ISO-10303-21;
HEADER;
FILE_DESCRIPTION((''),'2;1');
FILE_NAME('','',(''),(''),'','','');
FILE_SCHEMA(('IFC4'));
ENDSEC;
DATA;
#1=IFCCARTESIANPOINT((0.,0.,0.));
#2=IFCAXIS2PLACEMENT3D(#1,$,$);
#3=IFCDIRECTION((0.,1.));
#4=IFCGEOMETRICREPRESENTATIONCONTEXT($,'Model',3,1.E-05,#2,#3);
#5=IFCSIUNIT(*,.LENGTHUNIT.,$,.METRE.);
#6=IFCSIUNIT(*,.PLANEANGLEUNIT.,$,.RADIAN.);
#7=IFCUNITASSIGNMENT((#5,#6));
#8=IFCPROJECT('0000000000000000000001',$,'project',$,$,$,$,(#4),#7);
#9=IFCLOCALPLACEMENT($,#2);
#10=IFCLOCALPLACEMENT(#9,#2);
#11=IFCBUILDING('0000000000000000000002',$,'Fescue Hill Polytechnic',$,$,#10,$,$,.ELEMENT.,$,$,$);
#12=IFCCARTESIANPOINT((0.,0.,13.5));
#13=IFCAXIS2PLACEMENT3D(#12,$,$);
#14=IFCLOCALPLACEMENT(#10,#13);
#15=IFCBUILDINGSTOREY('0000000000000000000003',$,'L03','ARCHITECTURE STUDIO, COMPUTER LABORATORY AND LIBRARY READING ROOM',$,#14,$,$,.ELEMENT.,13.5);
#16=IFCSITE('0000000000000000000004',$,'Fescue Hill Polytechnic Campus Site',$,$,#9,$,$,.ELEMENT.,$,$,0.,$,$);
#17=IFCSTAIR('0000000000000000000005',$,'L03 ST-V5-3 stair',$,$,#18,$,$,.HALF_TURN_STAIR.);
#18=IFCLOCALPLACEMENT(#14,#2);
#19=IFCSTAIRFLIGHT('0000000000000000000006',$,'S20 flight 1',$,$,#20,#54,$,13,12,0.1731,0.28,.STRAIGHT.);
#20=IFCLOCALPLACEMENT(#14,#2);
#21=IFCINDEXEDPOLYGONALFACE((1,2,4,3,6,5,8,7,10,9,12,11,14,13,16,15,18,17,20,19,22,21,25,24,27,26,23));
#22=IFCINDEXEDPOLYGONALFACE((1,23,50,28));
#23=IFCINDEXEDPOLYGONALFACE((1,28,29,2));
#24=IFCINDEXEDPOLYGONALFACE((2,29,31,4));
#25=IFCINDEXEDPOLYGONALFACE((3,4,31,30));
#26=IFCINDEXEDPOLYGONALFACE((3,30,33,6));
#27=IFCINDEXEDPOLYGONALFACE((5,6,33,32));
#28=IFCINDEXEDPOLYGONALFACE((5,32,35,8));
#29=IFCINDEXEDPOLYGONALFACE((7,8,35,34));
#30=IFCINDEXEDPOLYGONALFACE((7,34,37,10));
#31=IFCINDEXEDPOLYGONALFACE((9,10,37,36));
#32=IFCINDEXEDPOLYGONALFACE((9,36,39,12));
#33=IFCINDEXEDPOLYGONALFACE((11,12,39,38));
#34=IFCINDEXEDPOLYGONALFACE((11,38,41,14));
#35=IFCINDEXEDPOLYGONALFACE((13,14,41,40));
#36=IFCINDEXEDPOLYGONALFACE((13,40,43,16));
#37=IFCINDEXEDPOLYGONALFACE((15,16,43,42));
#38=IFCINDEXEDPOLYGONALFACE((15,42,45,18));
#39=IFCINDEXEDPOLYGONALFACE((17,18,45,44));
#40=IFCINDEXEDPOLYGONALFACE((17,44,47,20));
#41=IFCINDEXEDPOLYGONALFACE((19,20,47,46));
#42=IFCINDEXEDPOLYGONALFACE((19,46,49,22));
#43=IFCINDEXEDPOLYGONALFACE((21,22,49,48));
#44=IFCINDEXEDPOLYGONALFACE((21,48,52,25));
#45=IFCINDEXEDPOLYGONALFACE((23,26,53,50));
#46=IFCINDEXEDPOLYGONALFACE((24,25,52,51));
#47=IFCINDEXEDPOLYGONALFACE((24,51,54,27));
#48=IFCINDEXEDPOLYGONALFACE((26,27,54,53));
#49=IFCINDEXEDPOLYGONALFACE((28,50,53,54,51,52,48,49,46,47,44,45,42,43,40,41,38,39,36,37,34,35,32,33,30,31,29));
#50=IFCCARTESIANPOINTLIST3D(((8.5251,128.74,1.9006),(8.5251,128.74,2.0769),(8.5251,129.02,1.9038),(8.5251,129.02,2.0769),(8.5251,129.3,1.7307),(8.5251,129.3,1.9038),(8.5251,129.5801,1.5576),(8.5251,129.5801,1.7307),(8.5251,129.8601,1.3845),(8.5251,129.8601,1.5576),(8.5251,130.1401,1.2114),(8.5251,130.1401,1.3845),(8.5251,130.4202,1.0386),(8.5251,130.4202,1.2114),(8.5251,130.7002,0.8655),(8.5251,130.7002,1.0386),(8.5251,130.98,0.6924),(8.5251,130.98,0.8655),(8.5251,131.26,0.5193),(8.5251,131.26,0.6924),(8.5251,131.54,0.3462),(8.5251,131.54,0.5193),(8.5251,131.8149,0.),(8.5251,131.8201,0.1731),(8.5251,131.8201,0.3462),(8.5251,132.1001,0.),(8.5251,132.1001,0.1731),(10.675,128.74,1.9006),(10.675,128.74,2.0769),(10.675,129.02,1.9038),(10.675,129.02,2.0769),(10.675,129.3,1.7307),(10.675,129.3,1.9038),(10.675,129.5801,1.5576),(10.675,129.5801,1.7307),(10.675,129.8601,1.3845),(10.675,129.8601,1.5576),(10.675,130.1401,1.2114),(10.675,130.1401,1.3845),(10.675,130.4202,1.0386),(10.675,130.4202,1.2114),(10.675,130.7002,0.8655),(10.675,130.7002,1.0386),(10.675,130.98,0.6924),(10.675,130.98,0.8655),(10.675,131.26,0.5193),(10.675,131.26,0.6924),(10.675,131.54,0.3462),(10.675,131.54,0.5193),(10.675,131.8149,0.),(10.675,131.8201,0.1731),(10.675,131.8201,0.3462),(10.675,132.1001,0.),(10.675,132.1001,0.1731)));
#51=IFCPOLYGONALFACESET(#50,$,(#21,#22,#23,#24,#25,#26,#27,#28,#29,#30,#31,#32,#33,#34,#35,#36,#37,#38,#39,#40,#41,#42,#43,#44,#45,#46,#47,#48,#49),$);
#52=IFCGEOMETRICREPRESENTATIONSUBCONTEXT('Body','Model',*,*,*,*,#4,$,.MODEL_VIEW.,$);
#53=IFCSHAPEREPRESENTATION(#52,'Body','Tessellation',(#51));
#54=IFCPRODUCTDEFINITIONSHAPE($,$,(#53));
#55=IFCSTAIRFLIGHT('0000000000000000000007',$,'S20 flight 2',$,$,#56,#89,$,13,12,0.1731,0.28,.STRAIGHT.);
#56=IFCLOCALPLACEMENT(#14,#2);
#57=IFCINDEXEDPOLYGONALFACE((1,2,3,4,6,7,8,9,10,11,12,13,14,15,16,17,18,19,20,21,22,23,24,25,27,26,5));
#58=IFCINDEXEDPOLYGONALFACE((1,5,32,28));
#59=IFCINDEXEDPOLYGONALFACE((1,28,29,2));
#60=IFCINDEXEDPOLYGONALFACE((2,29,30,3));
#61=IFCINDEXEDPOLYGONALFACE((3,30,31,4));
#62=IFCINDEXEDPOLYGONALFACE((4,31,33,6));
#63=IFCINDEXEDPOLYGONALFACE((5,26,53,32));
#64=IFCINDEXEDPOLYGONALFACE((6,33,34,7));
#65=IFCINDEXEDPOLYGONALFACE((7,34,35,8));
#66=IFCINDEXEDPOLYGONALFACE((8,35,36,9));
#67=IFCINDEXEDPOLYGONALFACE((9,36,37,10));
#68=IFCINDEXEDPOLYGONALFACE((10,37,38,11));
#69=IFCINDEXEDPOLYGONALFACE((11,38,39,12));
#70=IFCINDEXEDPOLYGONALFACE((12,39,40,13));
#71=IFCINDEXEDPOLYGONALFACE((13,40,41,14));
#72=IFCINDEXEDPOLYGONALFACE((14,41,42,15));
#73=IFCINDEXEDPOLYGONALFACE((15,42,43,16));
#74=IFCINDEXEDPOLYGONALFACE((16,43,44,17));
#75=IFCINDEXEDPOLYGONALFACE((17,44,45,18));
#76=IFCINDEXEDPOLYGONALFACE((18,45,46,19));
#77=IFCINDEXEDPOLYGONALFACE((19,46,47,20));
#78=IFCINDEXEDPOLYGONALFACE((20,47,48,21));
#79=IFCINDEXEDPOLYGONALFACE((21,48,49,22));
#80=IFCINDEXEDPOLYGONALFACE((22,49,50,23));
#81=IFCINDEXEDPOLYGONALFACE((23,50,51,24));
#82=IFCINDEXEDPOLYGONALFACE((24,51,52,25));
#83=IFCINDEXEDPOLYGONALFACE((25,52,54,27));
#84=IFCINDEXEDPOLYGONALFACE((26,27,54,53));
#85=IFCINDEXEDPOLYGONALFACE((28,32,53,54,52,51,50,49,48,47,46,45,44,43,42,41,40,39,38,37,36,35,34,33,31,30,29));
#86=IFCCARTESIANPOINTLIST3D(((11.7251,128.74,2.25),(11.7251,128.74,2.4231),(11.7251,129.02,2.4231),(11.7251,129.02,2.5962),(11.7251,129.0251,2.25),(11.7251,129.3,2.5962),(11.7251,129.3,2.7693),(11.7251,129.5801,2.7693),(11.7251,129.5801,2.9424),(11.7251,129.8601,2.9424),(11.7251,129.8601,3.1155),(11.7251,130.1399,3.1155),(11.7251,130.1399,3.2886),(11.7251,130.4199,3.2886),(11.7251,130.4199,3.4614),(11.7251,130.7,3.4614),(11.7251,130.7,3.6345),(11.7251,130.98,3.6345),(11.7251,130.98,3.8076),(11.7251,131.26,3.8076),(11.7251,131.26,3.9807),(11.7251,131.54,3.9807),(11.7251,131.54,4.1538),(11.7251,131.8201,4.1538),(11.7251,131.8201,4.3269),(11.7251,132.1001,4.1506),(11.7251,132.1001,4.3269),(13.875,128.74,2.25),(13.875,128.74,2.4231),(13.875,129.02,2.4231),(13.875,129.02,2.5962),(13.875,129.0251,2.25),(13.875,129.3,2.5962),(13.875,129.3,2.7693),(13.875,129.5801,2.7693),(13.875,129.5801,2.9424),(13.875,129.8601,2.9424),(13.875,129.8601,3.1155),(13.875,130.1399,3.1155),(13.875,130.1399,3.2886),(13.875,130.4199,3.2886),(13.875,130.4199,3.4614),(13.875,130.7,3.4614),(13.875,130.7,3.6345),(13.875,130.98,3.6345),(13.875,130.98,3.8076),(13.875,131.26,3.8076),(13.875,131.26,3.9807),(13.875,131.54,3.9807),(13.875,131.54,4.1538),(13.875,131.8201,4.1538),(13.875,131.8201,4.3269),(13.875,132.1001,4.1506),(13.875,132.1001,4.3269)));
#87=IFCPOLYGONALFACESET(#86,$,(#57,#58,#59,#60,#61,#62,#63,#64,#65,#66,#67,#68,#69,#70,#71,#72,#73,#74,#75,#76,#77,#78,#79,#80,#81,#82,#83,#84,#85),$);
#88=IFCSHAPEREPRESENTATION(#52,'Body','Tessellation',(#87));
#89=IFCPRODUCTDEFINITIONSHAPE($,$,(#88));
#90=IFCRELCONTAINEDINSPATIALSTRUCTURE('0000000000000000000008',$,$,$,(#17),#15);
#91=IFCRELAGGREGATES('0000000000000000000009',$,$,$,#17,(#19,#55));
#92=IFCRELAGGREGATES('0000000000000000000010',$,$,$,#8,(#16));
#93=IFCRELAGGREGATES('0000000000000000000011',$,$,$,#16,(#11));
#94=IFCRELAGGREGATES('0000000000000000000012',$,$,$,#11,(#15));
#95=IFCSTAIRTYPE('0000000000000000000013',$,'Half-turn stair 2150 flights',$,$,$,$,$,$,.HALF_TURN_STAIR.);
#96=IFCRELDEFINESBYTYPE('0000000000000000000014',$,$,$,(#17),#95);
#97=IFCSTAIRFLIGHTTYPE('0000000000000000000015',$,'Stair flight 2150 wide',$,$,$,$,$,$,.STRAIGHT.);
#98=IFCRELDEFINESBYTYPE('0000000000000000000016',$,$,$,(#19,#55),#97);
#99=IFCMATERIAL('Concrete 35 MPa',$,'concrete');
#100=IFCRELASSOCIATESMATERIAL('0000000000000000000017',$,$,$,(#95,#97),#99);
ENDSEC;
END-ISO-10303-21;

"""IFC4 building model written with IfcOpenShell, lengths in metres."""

from ifc_helpers import new_model, si_unit, direction, frame, origin, place, context, subcontext, project, spatial, polyline, outline, extrude, material, type_object, element, aggregate, save


model = new_model("IFC4")

# Units and contexts
model_context = context("Model", 3, precision=1e-05, world=origin(), true_north=direction((0.0, 1.0)))
body_context = subcontext(model_context, "Body", "Model", "MODEL_VIEW")
ifc_project = project(units=[si_unit("LENGTHUNIT", "METRE"), si_unit("PLANEANGLEUNIT", "RADIAN")], contexts=[model_context])

# Site, building, storey
site_placement = place(None, origin())
site = spatial("IfcSite", under=ifc_project, at=site_placement, Name="Fescue Hill Polytechnic Campus Site", CompositionType="ELEMENT", RefElevation=0.0)
building_placement = place(site_placement, origin())
building = spatial("IfcBuilding", under=site, at=building_placement, Name="Fescue Hill Polytechnic", CompositionType="ELEMENT")
storey_placement = place(building_placement, frame((0.0, 0.0, 13.5)))
storey = spatial("IfcBuildingStorey", under=building, at=storey_placement, Name="L03", Description="ARCHITECTURE STUDIO, COMPUTER LABORATORY AND LIBRARY READING ROOM", CompositionType="ELEMENT", Elevation=13.5)

# Shared definitions
ifc_material_1 = material(Name="Concrete 35 MPa", Category="concrete")

# Stair, stair flights
stair_type = type_object("IfcStairType", Name="Half-turn stair 2150 flights", PredefinedType="HALF_TURN_STAIR", material=ifc_material_1)
stair_placement = place(storey_placement, origin())
stair = element("IfcStair", 1, at=stair_placement, inside=storey, type_object=stair_type, Name="L03 ST-V5-3 stair", PredefinedType="HALF_TURN_STAIR")
stair_flight_type = type_object("IfcStairFlightType", Name="Stair flight 2150 wide", PredefinedType="STRAIGHT", material=ifc_material_1)
stair_flight_1_placement = place(storey_placement, frame((9.6001, 132.1001, 0.0), z_axis=(0.0, 0.0, 1.0), x_axis=(0.0, -1.0, 0.0)))
stair_flight_1 = element("IfcStairFlight", 2, at=stair_flight_1_placement, type_object=stair_flight_type, Name="S20 flight 1", NumberOfRisers=13, NumberOfTreads=12, PredefinedType="STRAIGHT", RiserHeight=0.1731, TreadLength=0.28, context=body_context, shape_type="SweptSolid", body=[
    extrude(outline(polyline([(0.0, 0.0), (0.0, 0.1731), (0.28, 0.1731), (0.28, 0.3462), (0.5601, 0.3462), (0.5601, 0.5193), (0.8401, 0.5193), (0.8401, 0.6924), (1.1201, 0.6924), (1.1201, 0.8655), (1.3999, 0.8655), (1.3999, 1.0386), (1.6799, 1.0386), (1.6799, 1.2114), (1.96, 1.2114), (1.96, 1.3845), (2.24, 1.3845), (2.24, 1.5576), (2.52, 1.5576), (2.52, 1.7307), (2.8, 1.7307), (2.8, 1.9038), (3.0801, 1.9038), (3.0801, 2.0769), (3.3601, 2.0769), (3.3601, 2.25), (3.3601, 1.9006), (0.2852, 0.0), (0.0, 0.0)])), frame((0.0, 1.075, 0.0), z_axis=(0.0, -1.0, 0.0), x_axis=(1.0, 0.0, 0.0)), (0.0, 0.0, 1.0), 2.1499),
])
stair_flight_2_placement = place(storey_placement, frame((12.8, 128.74, 2.25), z_axis=(0.0, 0.0, 1.0), x_axis=(0.0, 1.0, 0.0)))
stair_flight_2 = element("IfcStairFlight", 3, at=stair_flight_2_placement, type_object=stair_flight_type, Name="S20 flight 2", NumberOfRisers=13, NumberOfTreads=12, PredefinedType="STRAIGHT", RiserHeight=0.1731, TreadLength=0.28, context=body_context, shape_type="SweptSolid", body=[
    extrude(outline(polyline([(0.0, 0.0), (0.0, 0.1731), (0.28, 0.1731), (0.28, 0.3462), (0.5601, 0.3462), (0.5601, 0.5193), (0.8401, 0.5193), (0.8401, 0.6924), (1.1201, 0.6924), (1.1201, 0.8655), (1.3999, 0.8655), (1.3999, 1.0386), (1.6799, 1.0386), (1.6799, 1.2114), (1.96, 1.2114), (1.96, 1.3845), (2.24, 1.3845), (2.24, 1.5576), (2.52, 1.5576), (2.52, 1.7307), (2.8, 1.7307), (2.8, 1.9038), (3.0801, 1.9038), (3.0801, 2.0769), (3.3601, 2.0769), (3.3601, 2.25), (3.3601, 1.9006), (0.2852, 0.0), (0.0, 0.0)])), frame((0.0, 1.075, 0.0), z_axis=(0.0, -1.0, 0.0), x_axis=(1.0, 0.0, 0.0)), (0.0, 0.0, 1.0), 2.1499),
])
aggregate(stair, [stair_flight_1, stair_flight_2])

save(model, "model.ifc")
